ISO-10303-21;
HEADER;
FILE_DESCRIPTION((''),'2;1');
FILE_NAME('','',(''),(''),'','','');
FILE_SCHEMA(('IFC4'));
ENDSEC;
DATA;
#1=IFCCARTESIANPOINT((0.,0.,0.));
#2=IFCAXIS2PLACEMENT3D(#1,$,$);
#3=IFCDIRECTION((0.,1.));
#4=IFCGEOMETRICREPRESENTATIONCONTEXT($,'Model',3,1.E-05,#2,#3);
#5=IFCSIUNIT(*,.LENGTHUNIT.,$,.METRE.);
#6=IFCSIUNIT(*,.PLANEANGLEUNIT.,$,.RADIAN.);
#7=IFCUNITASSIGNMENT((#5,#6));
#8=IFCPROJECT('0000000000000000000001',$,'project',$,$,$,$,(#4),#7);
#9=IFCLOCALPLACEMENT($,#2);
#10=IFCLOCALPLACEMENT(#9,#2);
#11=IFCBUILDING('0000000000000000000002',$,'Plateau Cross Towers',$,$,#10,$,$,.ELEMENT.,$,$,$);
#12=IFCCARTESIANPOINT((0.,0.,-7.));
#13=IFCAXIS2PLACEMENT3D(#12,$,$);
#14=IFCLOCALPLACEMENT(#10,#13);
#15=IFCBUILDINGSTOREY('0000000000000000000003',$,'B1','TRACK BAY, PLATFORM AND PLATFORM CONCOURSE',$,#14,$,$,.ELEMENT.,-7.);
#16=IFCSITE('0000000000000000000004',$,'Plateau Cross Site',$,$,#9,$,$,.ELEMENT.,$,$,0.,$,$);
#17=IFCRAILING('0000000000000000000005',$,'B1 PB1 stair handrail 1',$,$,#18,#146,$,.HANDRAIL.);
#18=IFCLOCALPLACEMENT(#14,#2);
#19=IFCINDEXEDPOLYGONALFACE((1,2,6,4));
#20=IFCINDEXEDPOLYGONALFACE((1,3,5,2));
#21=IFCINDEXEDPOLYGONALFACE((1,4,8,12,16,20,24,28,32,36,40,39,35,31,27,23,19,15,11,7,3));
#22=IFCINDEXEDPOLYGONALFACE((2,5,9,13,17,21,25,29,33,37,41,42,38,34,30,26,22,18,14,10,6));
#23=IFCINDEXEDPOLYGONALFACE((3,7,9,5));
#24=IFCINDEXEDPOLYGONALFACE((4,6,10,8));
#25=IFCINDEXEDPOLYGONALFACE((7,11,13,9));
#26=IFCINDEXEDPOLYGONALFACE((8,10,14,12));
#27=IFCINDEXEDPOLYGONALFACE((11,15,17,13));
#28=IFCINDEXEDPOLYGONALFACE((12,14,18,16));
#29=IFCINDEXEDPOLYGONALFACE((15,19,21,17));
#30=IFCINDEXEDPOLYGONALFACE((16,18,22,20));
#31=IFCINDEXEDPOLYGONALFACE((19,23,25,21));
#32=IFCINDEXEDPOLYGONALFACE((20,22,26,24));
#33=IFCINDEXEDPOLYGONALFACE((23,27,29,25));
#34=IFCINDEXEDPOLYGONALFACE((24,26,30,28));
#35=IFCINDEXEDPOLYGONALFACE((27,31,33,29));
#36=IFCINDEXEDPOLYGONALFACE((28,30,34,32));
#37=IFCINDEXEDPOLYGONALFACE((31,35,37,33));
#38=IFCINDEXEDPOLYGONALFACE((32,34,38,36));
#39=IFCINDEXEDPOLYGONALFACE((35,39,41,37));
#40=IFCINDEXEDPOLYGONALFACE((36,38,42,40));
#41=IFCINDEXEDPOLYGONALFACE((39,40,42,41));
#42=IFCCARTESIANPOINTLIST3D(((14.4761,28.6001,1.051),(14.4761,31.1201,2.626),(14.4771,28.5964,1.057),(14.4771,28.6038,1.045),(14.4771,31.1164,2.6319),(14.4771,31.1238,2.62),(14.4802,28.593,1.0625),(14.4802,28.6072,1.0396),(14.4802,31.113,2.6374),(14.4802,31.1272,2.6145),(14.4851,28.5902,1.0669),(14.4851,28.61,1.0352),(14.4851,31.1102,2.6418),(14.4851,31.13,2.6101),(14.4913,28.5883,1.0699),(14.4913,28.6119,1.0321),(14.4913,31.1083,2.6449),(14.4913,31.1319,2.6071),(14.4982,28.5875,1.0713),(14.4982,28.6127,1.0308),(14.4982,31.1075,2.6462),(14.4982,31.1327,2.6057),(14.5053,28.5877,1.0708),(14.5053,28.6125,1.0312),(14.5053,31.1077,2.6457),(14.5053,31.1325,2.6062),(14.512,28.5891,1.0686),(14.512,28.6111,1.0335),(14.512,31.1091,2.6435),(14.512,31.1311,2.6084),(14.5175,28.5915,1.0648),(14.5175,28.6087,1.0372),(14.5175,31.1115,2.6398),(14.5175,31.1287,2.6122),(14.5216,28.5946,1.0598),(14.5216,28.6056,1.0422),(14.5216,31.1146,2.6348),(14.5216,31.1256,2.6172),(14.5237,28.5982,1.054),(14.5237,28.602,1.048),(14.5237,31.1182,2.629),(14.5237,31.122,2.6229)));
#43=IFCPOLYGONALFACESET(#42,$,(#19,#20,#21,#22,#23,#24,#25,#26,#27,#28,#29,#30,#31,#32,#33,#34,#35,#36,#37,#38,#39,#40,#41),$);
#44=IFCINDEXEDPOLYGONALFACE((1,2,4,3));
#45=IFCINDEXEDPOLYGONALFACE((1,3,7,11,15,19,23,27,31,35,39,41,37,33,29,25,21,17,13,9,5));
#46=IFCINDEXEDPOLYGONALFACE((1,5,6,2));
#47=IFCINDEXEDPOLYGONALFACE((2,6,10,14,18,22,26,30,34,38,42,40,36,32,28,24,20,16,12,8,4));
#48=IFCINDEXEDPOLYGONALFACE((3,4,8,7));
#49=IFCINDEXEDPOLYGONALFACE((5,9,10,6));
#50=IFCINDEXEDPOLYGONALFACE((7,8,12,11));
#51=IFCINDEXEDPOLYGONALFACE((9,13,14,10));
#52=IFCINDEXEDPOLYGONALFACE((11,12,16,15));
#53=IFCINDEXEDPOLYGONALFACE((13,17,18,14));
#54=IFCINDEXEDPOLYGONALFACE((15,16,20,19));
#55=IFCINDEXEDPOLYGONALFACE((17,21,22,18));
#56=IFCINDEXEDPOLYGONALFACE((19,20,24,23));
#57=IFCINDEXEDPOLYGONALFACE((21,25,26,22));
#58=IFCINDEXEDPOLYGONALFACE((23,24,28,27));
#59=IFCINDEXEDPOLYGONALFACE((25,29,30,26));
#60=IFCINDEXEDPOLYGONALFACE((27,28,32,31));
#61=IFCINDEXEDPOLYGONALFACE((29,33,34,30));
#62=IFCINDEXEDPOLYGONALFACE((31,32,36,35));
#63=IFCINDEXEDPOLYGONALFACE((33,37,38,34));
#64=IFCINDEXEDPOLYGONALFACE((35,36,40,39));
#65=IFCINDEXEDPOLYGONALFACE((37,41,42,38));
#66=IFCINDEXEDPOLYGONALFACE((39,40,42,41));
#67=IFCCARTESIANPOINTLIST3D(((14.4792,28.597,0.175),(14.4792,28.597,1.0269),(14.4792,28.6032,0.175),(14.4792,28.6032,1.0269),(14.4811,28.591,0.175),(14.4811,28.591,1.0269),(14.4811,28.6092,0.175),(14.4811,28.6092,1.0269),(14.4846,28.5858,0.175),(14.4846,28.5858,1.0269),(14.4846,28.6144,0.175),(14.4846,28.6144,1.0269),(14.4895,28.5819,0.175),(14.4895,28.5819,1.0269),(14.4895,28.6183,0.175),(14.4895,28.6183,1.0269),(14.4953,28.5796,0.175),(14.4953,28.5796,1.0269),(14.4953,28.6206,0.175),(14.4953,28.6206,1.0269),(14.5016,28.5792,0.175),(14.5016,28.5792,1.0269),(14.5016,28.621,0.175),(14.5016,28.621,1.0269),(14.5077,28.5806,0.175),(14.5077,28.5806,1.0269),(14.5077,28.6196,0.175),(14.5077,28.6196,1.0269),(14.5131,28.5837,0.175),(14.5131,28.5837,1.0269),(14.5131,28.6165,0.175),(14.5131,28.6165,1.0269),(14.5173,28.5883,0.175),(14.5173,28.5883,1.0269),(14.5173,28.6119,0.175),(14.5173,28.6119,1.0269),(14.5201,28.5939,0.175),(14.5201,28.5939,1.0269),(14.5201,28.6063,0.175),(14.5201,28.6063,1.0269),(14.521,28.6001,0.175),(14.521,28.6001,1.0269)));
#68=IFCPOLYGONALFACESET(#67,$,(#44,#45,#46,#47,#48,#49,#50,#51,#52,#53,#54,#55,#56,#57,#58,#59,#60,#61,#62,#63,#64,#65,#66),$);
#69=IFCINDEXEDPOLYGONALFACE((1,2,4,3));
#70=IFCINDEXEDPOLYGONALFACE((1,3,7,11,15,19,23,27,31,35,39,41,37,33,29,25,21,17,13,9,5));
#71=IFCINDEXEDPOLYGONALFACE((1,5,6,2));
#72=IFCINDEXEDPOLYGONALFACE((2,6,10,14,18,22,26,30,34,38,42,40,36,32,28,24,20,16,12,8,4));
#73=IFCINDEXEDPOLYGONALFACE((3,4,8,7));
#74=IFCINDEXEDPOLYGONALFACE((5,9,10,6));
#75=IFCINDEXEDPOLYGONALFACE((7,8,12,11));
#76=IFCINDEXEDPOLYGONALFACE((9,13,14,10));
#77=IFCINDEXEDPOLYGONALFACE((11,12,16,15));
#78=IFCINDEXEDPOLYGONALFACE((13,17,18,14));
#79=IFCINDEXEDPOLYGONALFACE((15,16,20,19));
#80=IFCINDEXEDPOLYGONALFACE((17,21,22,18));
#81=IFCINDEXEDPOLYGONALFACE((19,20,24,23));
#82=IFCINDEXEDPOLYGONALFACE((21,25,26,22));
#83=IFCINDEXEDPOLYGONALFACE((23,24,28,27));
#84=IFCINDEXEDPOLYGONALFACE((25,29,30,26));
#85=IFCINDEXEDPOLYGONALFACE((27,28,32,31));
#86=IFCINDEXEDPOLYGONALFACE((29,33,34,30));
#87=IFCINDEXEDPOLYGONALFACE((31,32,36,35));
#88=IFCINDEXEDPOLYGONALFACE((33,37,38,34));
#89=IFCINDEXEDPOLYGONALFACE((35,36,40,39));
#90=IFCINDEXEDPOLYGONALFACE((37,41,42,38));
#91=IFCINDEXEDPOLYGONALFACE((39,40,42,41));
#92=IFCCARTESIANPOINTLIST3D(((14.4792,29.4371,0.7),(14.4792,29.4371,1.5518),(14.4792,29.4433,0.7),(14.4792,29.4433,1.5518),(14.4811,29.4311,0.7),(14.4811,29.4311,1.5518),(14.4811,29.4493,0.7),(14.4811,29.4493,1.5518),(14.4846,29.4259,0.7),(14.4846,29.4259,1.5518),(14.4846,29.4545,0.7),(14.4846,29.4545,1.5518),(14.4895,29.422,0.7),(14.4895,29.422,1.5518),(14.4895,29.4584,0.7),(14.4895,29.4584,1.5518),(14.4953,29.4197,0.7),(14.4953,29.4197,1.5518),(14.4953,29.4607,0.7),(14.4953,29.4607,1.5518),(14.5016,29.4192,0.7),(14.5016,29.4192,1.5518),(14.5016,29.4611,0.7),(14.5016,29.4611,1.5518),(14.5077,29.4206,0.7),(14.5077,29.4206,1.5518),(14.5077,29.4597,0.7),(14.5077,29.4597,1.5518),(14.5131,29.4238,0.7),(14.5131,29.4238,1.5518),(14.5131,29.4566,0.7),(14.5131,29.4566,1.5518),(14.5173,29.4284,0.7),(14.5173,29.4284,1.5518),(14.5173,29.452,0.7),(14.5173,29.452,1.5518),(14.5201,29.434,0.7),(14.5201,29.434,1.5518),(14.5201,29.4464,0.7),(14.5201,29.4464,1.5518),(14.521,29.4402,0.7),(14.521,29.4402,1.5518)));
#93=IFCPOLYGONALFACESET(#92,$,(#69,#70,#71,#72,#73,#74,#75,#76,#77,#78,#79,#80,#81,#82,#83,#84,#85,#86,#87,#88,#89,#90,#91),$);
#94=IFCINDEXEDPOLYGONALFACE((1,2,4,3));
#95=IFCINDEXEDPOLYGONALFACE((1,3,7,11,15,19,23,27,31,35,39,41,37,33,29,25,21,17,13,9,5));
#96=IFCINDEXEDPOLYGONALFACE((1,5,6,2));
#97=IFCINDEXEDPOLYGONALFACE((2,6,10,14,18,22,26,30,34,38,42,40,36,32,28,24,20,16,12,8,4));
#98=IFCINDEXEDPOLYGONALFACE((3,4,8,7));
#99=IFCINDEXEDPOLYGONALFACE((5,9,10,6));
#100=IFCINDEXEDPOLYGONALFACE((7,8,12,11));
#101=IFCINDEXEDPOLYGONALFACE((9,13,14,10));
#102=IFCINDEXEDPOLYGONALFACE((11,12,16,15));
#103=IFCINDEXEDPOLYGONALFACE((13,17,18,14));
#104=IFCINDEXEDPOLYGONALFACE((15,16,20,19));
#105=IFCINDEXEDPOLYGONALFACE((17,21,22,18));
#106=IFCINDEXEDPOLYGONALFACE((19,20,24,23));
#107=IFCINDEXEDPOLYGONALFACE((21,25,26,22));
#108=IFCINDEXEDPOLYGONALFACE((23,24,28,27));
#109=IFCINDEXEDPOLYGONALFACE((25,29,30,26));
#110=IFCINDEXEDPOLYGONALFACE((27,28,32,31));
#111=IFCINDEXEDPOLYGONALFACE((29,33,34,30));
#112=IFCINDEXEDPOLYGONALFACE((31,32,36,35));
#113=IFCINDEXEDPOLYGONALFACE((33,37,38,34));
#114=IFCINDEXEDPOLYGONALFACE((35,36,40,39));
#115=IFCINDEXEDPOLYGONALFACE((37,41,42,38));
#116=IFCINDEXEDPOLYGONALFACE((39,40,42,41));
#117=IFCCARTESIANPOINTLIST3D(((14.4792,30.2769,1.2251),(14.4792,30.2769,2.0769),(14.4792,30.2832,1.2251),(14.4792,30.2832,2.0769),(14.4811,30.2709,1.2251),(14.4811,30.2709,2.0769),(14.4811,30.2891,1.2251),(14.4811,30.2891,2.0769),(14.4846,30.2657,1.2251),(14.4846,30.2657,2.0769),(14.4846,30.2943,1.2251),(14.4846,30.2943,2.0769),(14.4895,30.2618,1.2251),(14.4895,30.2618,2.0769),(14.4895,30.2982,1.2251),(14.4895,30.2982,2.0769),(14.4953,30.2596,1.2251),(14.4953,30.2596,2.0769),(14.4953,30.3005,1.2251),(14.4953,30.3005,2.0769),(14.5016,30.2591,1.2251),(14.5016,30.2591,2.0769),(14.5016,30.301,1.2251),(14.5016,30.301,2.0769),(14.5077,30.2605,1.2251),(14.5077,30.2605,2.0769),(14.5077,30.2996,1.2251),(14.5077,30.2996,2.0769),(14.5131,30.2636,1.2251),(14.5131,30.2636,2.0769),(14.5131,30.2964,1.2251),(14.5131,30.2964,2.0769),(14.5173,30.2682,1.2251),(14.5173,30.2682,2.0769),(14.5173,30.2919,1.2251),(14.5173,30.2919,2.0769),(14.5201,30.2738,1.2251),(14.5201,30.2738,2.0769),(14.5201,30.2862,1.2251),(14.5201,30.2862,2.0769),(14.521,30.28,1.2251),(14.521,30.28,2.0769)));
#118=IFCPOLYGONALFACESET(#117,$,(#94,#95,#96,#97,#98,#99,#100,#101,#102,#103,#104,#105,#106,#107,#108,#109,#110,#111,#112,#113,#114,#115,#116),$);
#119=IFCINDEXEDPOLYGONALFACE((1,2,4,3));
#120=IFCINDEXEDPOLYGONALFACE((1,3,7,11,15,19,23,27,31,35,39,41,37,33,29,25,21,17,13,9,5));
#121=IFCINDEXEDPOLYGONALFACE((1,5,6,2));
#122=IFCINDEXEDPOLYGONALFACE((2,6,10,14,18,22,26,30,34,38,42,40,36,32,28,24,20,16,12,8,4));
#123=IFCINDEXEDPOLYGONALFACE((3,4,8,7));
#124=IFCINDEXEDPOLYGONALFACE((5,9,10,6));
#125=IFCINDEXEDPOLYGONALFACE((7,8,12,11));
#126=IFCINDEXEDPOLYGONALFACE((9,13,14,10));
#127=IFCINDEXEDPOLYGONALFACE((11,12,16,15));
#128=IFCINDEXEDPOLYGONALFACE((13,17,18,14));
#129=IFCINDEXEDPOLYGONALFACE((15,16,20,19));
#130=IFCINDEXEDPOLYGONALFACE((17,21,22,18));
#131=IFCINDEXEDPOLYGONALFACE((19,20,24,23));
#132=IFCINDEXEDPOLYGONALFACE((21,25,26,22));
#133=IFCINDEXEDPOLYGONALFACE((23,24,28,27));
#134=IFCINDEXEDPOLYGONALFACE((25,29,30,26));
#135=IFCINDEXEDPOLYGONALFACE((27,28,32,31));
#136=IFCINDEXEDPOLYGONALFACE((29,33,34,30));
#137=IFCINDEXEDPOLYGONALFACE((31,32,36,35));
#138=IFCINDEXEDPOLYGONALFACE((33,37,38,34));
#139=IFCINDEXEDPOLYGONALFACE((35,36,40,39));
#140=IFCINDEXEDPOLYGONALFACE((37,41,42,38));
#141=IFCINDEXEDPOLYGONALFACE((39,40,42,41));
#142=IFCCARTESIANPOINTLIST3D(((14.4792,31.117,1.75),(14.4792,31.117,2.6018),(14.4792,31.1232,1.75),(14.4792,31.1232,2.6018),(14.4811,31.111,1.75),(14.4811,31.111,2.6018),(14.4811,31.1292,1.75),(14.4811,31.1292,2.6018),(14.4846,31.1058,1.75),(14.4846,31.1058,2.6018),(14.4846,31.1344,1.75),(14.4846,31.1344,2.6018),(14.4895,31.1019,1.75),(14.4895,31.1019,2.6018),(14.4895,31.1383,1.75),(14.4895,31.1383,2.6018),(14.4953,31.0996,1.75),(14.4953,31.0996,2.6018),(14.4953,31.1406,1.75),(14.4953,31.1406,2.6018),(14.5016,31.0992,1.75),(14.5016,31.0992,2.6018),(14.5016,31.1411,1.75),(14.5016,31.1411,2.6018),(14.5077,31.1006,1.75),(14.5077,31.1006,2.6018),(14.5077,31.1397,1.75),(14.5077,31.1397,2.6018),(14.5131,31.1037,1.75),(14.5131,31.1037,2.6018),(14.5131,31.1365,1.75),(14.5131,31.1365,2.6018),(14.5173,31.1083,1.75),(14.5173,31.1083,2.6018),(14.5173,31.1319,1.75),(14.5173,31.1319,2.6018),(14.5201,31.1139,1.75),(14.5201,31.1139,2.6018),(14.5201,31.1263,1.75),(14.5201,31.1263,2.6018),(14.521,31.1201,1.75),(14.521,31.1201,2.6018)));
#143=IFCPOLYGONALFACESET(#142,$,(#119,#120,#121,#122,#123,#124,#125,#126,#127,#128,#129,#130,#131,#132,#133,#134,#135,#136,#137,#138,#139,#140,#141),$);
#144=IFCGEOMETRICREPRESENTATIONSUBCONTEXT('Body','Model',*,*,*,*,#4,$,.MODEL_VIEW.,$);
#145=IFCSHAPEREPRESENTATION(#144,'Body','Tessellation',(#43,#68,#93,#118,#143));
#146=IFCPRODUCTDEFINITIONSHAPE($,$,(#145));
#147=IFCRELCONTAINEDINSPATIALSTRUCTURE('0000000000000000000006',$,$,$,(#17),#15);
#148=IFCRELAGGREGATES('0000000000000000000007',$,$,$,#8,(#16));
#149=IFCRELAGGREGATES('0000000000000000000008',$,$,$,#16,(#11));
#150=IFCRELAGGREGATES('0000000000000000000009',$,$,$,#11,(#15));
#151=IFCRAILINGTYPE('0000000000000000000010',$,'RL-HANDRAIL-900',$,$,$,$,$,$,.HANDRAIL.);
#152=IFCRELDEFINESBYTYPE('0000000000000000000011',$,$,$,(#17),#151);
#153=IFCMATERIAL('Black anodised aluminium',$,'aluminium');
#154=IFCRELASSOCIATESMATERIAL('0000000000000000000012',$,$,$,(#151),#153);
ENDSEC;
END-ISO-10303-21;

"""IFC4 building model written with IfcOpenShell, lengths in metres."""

from ifc_helpers import new_model, si_unit, direction, frame, origin, origin_2d, place, context, subcontext, project, spatial, circle, extrude, material, type_object, element, save


model = new_model("IFC4")

# Units and contexts
model_context = context("Model", 3, precision=1e-05, world=origin(), true_north=direction((0.0, 1.0)))
body_context = subcontext(model_context, "Body", "Model", "MODEL_VIEW")
ifc_project = project(units=[si_unit("LENGTHUNIT", "METRE"), si_unit("PLANEANGLEUNIT", "RADIAN")], contexts=[model_context])

# Site, building, storey
site_placement = place(None, origin())
site = spatial("IfcSite", under=ifc_project, at=site_placement, Name="Plateau Cross Site", CompositionType="ELEMENT", RefElevation=0.0)
building_placement = place(site_placement, origin())
building = spatial("IfcBuilding", under=site, at=building_placement, Name="Plateau Cross Towers", CompositionType="ELEMENT")
storey_placement = place(building_placement, frame((0.0, 0.0, -7.0)))
storey = spatial("IfcBuildingStorey", under=building, at=storey_placement, Name="B1", Description="TRACK BAY, PLATFORM AND PLATFORM CONCOURSE", CompositionType="ELEMENT", Elevation=-7.0)

# Railing
ifc_material_1 = material(Name="Black anodised aluminium", Category="aluminium")
railing_type_1 = type_object("IfcRailingType", Name="RL-HANDRAIL-900", PredefinedType="HANDRAIL", material=ifc_material_1)
railing_1_placement = place(storey_placement, frame((14.5, 28.6001, 0.175)))
element("IfcRailing", 1, at=railing_1_placement, inside=storey, type_object=railing_type_1, Name="B1 PB1 stair handrail 1", PredefinedType="HANDRAIL", context=body_context, shape_type="SweptSolid", body=[
    extrude(circle(Radius=0.0239, at=origin_2d()), frame((0.0, 0.0, 0.876), z_axis=(0.0, 0.848008, 0.529984), x_axis=(-1.0, 0.0, 0.0)), (0.0, 0.0, 1.0), 2.9717),
    extrude(circle(Radius=0.021, at=origin_2d()), origin(), (0.0, 0.0, 1.0), 0.8518),
    extrude(circle(Radius=0.021, at=origin_2d()), frame((0.0, 0.8401, 0.5249)), (0.0, 0.0, 1.0), 0.8518),
    extrude(circle(Radius=0.021, at=origin_2d()), frame((0.0, 1.6799, 1.05)), (0.0, 0.0, 1.0), 0.8518),
    extrude(circle(Radius=0.021, at=origin_2d()), frame((0.0, 2.52, 1.575)), (0.0, 0.0, 1.0), 0.8518),
])

save(model, "model.ifc")
